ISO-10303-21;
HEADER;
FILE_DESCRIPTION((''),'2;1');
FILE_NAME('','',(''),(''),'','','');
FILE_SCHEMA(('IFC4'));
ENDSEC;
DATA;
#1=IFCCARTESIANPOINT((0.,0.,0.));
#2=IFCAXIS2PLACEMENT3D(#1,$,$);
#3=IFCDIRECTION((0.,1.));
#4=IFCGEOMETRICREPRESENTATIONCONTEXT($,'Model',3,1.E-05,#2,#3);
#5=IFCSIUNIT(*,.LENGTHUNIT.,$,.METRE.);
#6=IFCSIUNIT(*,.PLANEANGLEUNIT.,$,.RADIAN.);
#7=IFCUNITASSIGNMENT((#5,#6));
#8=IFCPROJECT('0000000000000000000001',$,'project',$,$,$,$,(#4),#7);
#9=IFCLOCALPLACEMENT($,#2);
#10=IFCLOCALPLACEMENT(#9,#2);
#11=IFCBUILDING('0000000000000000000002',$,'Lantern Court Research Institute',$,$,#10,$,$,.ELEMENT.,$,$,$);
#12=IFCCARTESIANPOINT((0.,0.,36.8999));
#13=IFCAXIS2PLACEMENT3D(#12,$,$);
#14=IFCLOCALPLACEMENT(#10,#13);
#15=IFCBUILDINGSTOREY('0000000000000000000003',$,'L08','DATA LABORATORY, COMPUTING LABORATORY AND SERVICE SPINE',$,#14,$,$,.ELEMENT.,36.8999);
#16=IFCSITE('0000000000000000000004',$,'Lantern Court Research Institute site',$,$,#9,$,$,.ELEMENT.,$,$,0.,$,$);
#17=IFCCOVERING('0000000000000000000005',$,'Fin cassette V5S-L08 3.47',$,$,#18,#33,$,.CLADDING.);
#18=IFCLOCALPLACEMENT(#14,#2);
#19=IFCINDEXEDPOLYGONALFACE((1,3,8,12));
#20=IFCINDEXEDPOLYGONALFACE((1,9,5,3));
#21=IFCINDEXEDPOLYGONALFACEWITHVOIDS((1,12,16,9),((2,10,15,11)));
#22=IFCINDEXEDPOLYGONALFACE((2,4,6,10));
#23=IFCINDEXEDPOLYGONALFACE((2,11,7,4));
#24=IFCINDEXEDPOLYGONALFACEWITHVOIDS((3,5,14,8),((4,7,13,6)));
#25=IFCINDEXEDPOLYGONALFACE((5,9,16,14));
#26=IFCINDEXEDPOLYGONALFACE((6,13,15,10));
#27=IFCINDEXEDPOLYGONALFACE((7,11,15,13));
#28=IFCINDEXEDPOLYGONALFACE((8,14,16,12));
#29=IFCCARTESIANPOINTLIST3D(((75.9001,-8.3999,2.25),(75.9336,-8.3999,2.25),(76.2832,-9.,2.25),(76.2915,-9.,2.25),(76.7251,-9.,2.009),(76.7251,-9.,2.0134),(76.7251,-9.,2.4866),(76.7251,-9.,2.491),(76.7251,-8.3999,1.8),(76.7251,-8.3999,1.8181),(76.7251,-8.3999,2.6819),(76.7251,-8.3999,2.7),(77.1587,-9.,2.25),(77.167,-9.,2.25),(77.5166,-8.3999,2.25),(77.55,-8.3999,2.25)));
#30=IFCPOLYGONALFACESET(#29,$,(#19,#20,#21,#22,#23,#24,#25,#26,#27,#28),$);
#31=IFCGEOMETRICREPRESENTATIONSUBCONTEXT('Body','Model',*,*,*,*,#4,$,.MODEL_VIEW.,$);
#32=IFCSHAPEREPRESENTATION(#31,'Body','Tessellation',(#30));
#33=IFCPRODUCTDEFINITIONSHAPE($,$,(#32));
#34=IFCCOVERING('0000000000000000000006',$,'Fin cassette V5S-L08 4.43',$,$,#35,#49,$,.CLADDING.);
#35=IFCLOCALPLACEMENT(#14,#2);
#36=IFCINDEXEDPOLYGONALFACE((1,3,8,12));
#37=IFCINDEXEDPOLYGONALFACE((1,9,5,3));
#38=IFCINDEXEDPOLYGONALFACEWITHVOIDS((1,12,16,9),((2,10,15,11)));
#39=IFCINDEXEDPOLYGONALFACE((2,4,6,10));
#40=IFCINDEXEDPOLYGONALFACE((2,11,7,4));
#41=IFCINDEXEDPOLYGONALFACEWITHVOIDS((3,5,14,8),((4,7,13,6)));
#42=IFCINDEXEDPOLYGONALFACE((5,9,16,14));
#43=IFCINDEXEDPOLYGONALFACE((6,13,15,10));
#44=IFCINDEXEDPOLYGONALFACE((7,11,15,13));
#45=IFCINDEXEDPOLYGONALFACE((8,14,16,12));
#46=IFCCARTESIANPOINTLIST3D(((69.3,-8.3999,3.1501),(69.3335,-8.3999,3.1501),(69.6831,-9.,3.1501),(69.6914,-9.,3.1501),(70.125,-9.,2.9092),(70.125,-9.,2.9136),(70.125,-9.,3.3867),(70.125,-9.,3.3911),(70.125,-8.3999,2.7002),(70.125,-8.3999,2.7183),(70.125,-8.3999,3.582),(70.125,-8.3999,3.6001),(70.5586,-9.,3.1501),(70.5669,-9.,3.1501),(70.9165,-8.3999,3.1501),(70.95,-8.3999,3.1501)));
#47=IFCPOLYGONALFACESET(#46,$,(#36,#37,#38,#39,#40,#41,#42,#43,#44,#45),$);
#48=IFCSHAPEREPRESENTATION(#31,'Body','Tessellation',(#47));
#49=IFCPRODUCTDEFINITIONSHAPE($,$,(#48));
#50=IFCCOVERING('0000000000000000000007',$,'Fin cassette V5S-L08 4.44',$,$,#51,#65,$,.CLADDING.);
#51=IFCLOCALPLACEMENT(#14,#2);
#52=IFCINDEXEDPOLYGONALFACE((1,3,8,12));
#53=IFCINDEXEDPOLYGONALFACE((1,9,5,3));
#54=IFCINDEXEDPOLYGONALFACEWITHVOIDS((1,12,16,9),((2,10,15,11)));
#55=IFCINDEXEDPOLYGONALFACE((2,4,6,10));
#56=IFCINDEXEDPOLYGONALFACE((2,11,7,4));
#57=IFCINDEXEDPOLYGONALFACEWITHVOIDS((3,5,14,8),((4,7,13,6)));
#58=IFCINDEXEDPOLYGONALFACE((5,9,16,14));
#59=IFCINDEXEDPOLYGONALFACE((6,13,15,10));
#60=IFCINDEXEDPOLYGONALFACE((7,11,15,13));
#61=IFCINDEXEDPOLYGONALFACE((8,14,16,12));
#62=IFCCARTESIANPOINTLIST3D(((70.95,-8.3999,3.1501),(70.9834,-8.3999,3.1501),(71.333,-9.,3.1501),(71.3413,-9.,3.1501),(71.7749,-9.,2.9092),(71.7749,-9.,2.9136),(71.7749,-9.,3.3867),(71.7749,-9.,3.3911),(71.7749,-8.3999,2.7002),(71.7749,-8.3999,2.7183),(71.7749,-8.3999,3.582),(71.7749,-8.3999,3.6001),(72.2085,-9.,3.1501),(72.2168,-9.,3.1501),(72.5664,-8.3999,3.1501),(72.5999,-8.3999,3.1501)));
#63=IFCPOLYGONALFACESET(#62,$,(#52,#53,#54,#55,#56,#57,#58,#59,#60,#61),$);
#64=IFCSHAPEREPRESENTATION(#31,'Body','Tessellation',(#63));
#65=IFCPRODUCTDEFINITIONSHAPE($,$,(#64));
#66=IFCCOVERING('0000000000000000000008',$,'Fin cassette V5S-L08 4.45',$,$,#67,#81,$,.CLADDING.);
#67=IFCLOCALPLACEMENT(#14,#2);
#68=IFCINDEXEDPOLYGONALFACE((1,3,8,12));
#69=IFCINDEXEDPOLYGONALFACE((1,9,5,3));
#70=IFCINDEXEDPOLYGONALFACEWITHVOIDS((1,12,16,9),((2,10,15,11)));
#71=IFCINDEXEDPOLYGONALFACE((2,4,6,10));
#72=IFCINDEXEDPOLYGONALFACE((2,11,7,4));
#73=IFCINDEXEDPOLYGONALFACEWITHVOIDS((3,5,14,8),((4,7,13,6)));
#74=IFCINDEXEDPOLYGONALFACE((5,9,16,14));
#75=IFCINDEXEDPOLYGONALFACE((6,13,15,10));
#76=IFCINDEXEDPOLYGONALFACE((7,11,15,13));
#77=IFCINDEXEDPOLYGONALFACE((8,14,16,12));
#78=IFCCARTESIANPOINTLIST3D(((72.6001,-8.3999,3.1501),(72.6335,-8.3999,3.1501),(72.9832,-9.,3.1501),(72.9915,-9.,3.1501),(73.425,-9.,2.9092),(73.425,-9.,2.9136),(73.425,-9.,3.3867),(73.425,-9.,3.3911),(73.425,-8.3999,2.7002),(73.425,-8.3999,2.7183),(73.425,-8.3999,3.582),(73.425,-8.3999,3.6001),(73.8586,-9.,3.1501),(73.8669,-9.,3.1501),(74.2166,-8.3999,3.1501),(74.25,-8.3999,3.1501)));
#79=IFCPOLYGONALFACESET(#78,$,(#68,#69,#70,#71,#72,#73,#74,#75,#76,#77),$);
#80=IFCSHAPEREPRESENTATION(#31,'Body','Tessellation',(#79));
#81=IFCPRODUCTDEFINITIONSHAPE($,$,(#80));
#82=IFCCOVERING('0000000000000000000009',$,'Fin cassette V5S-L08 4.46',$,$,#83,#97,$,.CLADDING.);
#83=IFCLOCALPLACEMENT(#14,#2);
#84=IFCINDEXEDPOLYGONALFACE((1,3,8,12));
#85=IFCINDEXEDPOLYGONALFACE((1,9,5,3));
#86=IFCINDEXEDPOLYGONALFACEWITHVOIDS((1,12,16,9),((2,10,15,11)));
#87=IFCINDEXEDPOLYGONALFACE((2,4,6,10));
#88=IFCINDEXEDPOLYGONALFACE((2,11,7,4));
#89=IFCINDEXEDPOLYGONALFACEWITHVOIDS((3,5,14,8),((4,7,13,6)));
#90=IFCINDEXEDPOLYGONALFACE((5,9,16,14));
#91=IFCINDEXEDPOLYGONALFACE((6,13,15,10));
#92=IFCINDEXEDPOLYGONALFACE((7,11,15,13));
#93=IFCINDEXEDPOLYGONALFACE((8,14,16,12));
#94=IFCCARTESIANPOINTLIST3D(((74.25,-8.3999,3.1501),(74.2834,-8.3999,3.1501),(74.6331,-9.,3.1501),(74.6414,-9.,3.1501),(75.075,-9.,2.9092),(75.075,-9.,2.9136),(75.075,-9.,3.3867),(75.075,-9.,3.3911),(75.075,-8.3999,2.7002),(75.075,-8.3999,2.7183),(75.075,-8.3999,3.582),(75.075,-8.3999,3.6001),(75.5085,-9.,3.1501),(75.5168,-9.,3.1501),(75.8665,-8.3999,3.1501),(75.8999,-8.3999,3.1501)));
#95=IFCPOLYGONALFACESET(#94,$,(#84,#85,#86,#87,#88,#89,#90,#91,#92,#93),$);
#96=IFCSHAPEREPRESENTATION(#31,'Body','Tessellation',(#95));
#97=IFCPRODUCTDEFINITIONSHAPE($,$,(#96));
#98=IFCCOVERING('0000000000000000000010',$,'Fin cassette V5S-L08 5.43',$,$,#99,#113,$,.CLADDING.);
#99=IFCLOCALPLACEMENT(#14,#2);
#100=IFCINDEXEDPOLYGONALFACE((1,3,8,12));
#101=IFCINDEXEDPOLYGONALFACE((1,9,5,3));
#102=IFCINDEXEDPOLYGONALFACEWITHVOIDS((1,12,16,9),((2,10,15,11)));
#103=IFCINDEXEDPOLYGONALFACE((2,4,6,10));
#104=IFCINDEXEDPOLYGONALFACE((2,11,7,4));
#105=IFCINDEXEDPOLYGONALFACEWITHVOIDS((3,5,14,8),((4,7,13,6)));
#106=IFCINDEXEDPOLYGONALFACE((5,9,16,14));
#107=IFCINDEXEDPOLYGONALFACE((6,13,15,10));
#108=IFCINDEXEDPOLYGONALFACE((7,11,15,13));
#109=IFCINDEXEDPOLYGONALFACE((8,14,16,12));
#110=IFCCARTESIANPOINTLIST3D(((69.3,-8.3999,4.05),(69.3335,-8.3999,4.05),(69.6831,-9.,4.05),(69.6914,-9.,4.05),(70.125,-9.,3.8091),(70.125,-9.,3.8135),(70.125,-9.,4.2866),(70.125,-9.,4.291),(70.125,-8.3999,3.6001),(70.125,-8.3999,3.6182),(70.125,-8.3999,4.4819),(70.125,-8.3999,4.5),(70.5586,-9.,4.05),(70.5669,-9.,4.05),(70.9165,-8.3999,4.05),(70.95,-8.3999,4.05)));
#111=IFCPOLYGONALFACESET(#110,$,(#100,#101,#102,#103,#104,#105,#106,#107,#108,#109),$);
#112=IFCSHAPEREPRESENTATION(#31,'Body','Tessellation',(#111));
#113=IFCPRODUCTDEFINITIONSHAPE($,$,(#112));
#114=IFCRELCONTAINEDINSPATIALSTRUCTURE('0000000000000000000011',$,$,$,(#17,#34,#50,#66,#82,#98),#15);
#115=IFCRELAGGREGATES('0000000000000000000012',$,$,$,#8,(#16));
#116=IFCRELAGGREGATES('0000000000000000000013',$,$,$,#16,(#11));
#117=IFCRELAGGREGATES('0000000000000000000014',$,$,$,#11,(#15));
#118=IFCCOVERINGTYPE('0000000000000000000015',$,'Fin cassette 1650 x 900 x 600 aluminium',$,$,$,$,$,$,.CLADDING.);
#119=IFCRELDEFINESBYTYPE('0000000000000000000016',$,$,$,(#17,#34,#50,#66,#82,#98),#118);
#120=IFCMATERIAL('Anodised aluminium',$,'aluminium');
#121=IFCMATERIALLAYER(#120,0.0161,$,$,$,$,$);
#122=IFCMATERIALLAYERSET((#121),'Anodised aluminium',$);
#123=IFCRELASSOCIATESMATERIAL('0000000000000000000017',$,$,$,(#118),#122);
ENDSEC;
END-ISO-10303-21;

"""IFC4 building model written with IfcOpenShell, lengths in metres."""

from ifc_helpers import new_model, entity, si_unit, direction, frame, origin, place, context, subcontext, project, spatial, material, layer, layer_set, type_object, element, save


model = new_model("IFC4")

# Units and contexts
model_context = context("Model", 3, precision=1e-05, world=origin(), true_north=direction((0.0, 1.0)))
body_context = subcontext(model_context, "Body", "Model", "MODEL_VIEW")
ifc_project = project(units=[si_unit("LENGTHUNIT", "METRE"), si_unit("PLANEANGLEUNIT", "RADIAN")], contexts=[model_context])

# Site, building, storey
site_placement = place(None, origin())
site = spatial("IfcSite", under=ifc_project, at=site_placement, Name="Lantern Court Research Institute site", CompositionType="ELEMENT", RefElevation=0.0)
building_placement = place(site_placement, origin())
building = spatial("IfcBuilding", under=site, at=building_placement, Name="Lantern Court Research Institute", CompositionType="ELEMENT")
storey_placement = place(building_placement, frame((0.0, 0.0, 36.8999)))
storey = spatial("IfcBuildingStorey", under=building, at=storey_placement, Name="L08", Description="DATA LABORATORY, COMPUTING LABORATORY AND SERVICE SPINE", CompositionType="ELEMENT", Elevation=36.8999)

# Coverings
ifc_material = material(Name="Anodised aluminium", Category="aluminium")
ifc_layer = layer(ifc_material, 0.0161)
ifc_layer_set = layer_set([ifc_layer], Name="Anodised aluminium")
covering_type = type_object("IfcCoveringType", Name="Fin cassette 1650 x 900 x 600 aluminium", PredefinedType="CLADDING", material=ifc_layer_set)
covering_1_placement = place(storey_placement, frame((76.7251, -8.3999, 2.25), z_axis=(0.0, -1.0, 0.0), x_axis=(1.0, 0.0, 0.0)))
cartesian_point_1 = entity("IfcCartesianPoint", [0.825, 0.0])
cartesian_point_2 = entity("IfcCartesianPoint", [0.7915, 0.0])
cartesian_point_3 = entity("IfcCartesianPoint", [0.4419, 0.0])
cartesian_point_4 = entity("IfcCartesianPoint", [0.4336, 0.0])
element("IfcCovering", 1, at=covering_1_placement, inside=storey, type_object=covering_type, Name="Fin cassette V5S-L08 3.47", PredefinedType="CLADDING", context=body_context, shape_type="SweptSolid", body=[
    entity("IfcExtrudedAreaSolidTapered", entity("IfcArbitraryProfileDefWithVoids", "AREA", None, entity("IfcPolyline", [cartesian_point_1, entity("IfcCartesianPoint", [0.0, 0.45]), entity("IfcCartesianPoint", [-0.825, 0.0]), entity("IfcCartesianPoint", [0.0, -0.45]), cartesian_point_1]), [entity("IfcPolyline", [cartesian_point_2, entity("IfcCartesianPoint", [0.0, 0.4319]), entity("IfcCartesianPoint", [-0.7915, 0.0]), entity("IfcCartesianPoint", [0.0, -0.4319]), cartesian_point_2])]), entity("IfcAxis2Placement3D", entity("IfcCartesianPoint", [0.0, 0.0, 0.0])), entity("IfcDirection", [0.0, 0.0, 1.0]), 0.6001, entity("IfcArbitraryProfileDefWithVoids", "AREA", None, entity("IfcPolyline", [cartesian_point_3, entity("IfcCartesianPoint", [0.0, 0.241]), entity("IfcCartesianPoint", [-0.4419, 0.0]), entity("IfcCartesianPoint", [0.0, -0.241]), cartesian_point_3]), [entity("IfcPolyline", [cartesian_point_4, entity("IfcCartesianPoint", [0.0, 0.2366]), entity("IfcCartesianPoint", [-0.4336, 0.0]), entity("IfcCartesianPoint", [0.0, -0.2366]), cartesian_point_4])])),
])
covering_2_placement = place(storey_placement, frame((70.125, -8.3999, 3.1501), z_axis=(0.0, -1.0, 0.0), x_axis=(1.0, 0.0, 0.0)))
cartesian_point_5 = entity("IfcCartesianPoint", [0.825, 0.0])
cartesian_point_6 = entity("IfcCartesianPoint", [0.7915, 0.0])
cartesian_point_7 = entity("IfcCartesianPoint", [0.4419, 0.0])
cartesian_point_8 = entity("IfcCartesianPoint", [0.4336, 0.0])
element("IfcCovering", 2, at=covering_2_placement, inside=storey, type_object=covering_type, Name="Fin cassette V5S-L08 4.43", PredefinedType="CLADDING", context=body_context, shape_type="SweptSolid", body=[
    entity("IfcExtrudedAreaSolidTapered", entity("IfcArbitraryProfileDefWithVoids", "AREA", None, entity("IfcPolyline", [cartesian_point_5, entity("IfcCartesianPoint", [0.0, 0.45]), entity("IfcCartesianPoint", [-0.825, 0.0]), entity("IfcCartesianPoint", [0.0, -0.45]), cartesian_point_5]), [entity("IfcPolyline", [cartesian_point_6, entity("IfcCartesianPoint", [0.0, 0.4319]), entity("IfcCartesianPoint", [-0.7915, 0.0]), entity("IfcCartesianPoint", [0.0, -0.4319]), cartesian_point_6])]), entity("IfcAxis2Placement3D", entity("IfcCartesianPoint", [0.0, 0.0, 0.0])), entity("IfcDirection", [0.0, 0.0, 1.0]), 0.6001, entity("IfcArbitraryProfileDefWithVoids", "AREA", None, entity("IfcPolyline", [cartesian_point_7, entity("IfcCartesianPoint", [0.0, 0.241]), entity("IfcCartesianPoint", [-0.4419, 0.0]), entity("IfcCartesianPoint", [0.0, -0.241]), cartesian_point_7]), [entity("IfcPolyline", [cartesian_point_8, entity("IfcCartesianPoint", [0.0, 0.2366]), entity("IfcCartesianPoint", [-0.4336, 0.0]), entity("IfcCartesianPoint", [0.0, -0.2366]), cartesian_point_8])])),
])
covering_3_placement = place(storey_placement, frame((71.7749, -8.3999, 3.1501), z_axis=(0.0, -1.0, 0.0), x_axis=(1.0, 0.0, 0.0)))
cartesian_point_9 = entity("IfcCartesianPoint", [0.825, 0.0])
cartesian_point_10 = entity("IfcCartesianPoint", [0.7915, 0.0])
cartesian_point_11 = entity("IfcCartesianPoint", [0.4419, 0.0])
cartesian_point_12 = entity("IfcCartesianPoint", [0.4336, 0.0])
element("IfcCovering", 3, at=covering_3_placement, inside=storey, type_object=covering_type, Name="Fin cassette V5S-L08 4.44", PredefinedType="CLADDING", context=body_context, shape_type="SweptSolid", body=[
    entity("IfcExtrudedAreaSolidTapered", entity("IfcArbitraryProfileDefWithVoids", "AREA", None, entity("IfcPolyline", [cartesian_point_9, entity("IfcCartesianPoint", [0.0, 0.45]), entity("IfcCartesianPoint", [-0.825, 0.0]), entity("IfcCartesianPoint", [0.0, -0.45]), cartesian_point_9]), [entity("IfcPolyline", [cartesian_point_10, entity("IfcCartesianPoint", [0.0, 0.4319]), entity("IfcCartesianPoint", [-0.7915, 0.0]), entity("IfcCartesianPoint", [0.0, -0.4319]), cartesian_point_10])]), entity("IfcAxis2Placement3D", entity("IfcCartesianPoint", [0.0, 0.0, 0.0])), entity("IfcDirection", [0.0, 0.0, 1.0]), 0.6001, entity("IfcArbitraryProfileDefWithVoids", "AREA", None, entity("IfcPolyline", [cartesian_point_11, entity("IfcCartesianPoint", [0.0, 0.241]), entity("IfcCartesianPoint", [-0.4419, 0.0]), entity("IfcCartesianPoint", [0.0, -0.241]), cartesian_point_11]), [entity("IfcPolyline", [cartesian_point_12, entity("IfcCartesianPoint", [0.0, 0.2366]), entity("IfcCartesianPoint", [-0.4336, 0.0]), entity("IfcCartesianPoint", [0.0, -0.2366]), cartesian_point_12])])),
])
covering_4_placement = place(storey_placement, frame((73.425, -8.3999, 3.1501), z_axis=(0.0, -1.0, 0.0), x_axis=(1.0, 0.0, 0.0)))
cartesian_point_13 = entity("IfcCartesianPoint", [0.825, 0.0])
cartesian_point_14 = entity("IfcCartesianPoint", [0.7915, 0.0])
cartesian_point_15 = entity("IfcCartesianPoint", [0.4419, 0.0])
cartesian_point_16 = entity("IfcCartesianPoint", [0.4336, 0.0])
element("IfcCovering", 4, at=covering_4_placement, inside=storey, type_object=covering_type, Name="Fin cassette V5S-L08 4.45", PredefinedType="CLADDING", context=body_context, shape_type="SweptSolid", body=[
    entity("IfcExtrudedAreaSolidTapered", entity("IfcArbitraryProfileDefWithVoids", "AREA", None, entity("IfcPolyline", [cartesian_point_13, entity("IfcCartesianPoint", [0.0, 0.45]), entity("IfcCartesianPoint", [-0.825, 0.0]), entity("IfcCartesianPoint", [0.0, -0.45]), cartesian_point_13]), [entity("IfcPolyline", [cartesian_point_14, entity("IfcCartesianPoint", [0.0, 0.4319]), entity("IfcCartesianPoint", [-0.7915, 0.0]), entity("IfcCartesianPoint", [0.0, -0.4319]), cartesian_point_14])]), entity("IfcAxis2Placement3D", entity("IfcCartesianPoint", [0.0, 0.0, 0.0])), entity("IfcDirection", [0.0, 0.0, 1.0]), 0.6001, entity("IfcArbitraryProfileDefWithVoids", "AREA", None, entity("IfcPolyline", [cartesian_point_15, entity("IfcCartesianPoint", [0.0, 0.241]), entity("IfcCartesianPoint", [-0.4419, 0.0]), entity("IfcCartesianPoint", [0.0, -0.241]), cartesian_point_15]), [entity("IfcPolyline", [cartesian_point_16, entity("IfcCartesianPoint", [0.0, 0.2366]), entity("IfcCartesianPoint", [-0.4336, 0.0]), entity("IfcCartesianPoint", [0.0, -0.2366]), cartesian_point_16])])),
])
covering_5_placement = place(storey_placement, frame((75.075, -8.3999, 3.1501), z_axis=(0.0, -1.0, 0.0), x_axis=(1.0, 0.0, 0.0)))
cartesian_point_17 = entity("IfcCartesianPoint", [0.825, 0.0])
cartesian_point_18 = entity("IfcCartesianPoint", [0.7915, 0.0])
cartesian_point_19 = entity("IfcCartesianPoint", [0.4419, 0.0])
cartesian_point_20 = entity("IfcCartesianPoint", [0.4336, 0.0])
element("IfcCovering", 5, at=covering_5_placement, inside=storey, type_object=covering_type, Name="Fin cassette V5S-L08 4.46", PredefinedType="CLADDING", context=body_context, shape_type="SweptSolid", body=[
    entity("IfcExtrudedAreaSolidTapered", entity("IfcArbitraryProfileDefWithVoids", "AREA", None, entity("IfcPolyline", [cartesian_point_17, entity("IfcCartesianPoint", [0.0, 0.45]), entity("IfcCartesianPoint", [-0.825, 0.0]), entity("IfcCartesianPoint", [0.0, -0.45]), cartesian_point_17]), [entity("IfcPolyline", [cartesian_point_18, entity("IfcCartesianPoint", [0.0, 0.4319]), entity("IfcCartesianPoint", [-0.7915, 0.0]), entity("IfcCartesianPoint", [0.0, -0.4319]), cartesian_point_18])]), entity("IfcAxis2Placement3D", entity("IfcCartesianPoint", [0.0, 0.0, 0.0])), entity("IfcDirection", [0.0, 0.0, 1.0]), 0.6001, entity("IfcArbitraryProfileDefWithVoids", "AREA", None, entity("IfcPolyline", [cartesian_point_19, entity("IfcCartesianPoint", [0.0, 0.241]), entity("IfcCartesianPoint", [-0.4419, 0.0]), entity("IfcCartesianPoint", [0.0, -0.241]), cartesian_point_19]), [entity("IfcPolyline", [cartesian_point_20, entity("IfcCartesianPoint", [0.0, 0.2366]), entity("IfcCartesianPoint", [-0.4336, 0.0]), entity("IfcCartesianPoint", [0.0, -0.2366]), cartesian_point_20])])),
])
covering_6_placement = place(storey_placement, frame((70.125, -8.3999, 4.05), z_axis=(0.0, -1.0, 0.0), x_axis=(1.0, 0.0, 0.0)))
cartesian_point_21 = entity("IfcCartesianPoint", [0.825, 0.0])
cartesian_point_22 = entity("IfcCartesianPoint", [0.7915, 0.0])
cartesian_point_23 = entity("IfcCartesianPoint", [0.4419, 0.0])
cartesian_point_24 = entity("IfcCartesianPoint", [0.4336, 0.0])
element("IfcCovering", 6, at=covering_6_placement, inside=storey, type_object=covering_type, Name="Fin cassette V5S-L08 5.43", PredefinedType="CLADDING", context=body_context, shape_type="SweptSolid", body=[
    entity("IfcExtrudedAreaSolidTapered", entity("IfcArbitraryProfileDefWithVoids", "AREA", None, entity("IfcPolyline", [cartesian_point_21, entity("IfcCartesianPoint", [0.0, 0.45]), entity("IfcCartesianPoint", [-0.825, 0.0]), entity("IfcCartesianPoint", [0.0, -0.45]), cartesian_point_21]), [entity("IfcPolyline", [cartesian_point_22, entity("IfcCartesianPoint", [0.0, 0.4319]), entity("IfcCartesianPoint", [-0.7915, 0.0]), entity("IfcCartesianPoint", [0.0, -0.4319]), cartesian_point_22])]), entity("IfcAxis2Placement3D", entity("IfcCartesianPoint", [0.0, 0.0, 0.0])), entity("IfcDirection", [0.0, 0.0, 1.0]), 0.6001, entity("IfcArbitraryProfileDefWithVoids", "AREA", None, entity("IfcPolyline", [cartesian_point_23, entity("IfcCartesianPoint", [0.0, 0.241]), entity("IfcCartesianPoint", [-0.4419, 0.0]), entity("IfcCartesianPoint", [0.0, -0.241]), cartesian_point_23]), [entity("IfcPolyline", [cartesian_point_24, entity("IfcCartesianPoint", [0.0, 0.2366]), entity("IfcCartesianPoint", [-0.4336, 0.0]), entity("IfcCartesianPoint", [0.0, -0.2366]), cartesian_point_24])])),
])

save(model, "model.ifc")
